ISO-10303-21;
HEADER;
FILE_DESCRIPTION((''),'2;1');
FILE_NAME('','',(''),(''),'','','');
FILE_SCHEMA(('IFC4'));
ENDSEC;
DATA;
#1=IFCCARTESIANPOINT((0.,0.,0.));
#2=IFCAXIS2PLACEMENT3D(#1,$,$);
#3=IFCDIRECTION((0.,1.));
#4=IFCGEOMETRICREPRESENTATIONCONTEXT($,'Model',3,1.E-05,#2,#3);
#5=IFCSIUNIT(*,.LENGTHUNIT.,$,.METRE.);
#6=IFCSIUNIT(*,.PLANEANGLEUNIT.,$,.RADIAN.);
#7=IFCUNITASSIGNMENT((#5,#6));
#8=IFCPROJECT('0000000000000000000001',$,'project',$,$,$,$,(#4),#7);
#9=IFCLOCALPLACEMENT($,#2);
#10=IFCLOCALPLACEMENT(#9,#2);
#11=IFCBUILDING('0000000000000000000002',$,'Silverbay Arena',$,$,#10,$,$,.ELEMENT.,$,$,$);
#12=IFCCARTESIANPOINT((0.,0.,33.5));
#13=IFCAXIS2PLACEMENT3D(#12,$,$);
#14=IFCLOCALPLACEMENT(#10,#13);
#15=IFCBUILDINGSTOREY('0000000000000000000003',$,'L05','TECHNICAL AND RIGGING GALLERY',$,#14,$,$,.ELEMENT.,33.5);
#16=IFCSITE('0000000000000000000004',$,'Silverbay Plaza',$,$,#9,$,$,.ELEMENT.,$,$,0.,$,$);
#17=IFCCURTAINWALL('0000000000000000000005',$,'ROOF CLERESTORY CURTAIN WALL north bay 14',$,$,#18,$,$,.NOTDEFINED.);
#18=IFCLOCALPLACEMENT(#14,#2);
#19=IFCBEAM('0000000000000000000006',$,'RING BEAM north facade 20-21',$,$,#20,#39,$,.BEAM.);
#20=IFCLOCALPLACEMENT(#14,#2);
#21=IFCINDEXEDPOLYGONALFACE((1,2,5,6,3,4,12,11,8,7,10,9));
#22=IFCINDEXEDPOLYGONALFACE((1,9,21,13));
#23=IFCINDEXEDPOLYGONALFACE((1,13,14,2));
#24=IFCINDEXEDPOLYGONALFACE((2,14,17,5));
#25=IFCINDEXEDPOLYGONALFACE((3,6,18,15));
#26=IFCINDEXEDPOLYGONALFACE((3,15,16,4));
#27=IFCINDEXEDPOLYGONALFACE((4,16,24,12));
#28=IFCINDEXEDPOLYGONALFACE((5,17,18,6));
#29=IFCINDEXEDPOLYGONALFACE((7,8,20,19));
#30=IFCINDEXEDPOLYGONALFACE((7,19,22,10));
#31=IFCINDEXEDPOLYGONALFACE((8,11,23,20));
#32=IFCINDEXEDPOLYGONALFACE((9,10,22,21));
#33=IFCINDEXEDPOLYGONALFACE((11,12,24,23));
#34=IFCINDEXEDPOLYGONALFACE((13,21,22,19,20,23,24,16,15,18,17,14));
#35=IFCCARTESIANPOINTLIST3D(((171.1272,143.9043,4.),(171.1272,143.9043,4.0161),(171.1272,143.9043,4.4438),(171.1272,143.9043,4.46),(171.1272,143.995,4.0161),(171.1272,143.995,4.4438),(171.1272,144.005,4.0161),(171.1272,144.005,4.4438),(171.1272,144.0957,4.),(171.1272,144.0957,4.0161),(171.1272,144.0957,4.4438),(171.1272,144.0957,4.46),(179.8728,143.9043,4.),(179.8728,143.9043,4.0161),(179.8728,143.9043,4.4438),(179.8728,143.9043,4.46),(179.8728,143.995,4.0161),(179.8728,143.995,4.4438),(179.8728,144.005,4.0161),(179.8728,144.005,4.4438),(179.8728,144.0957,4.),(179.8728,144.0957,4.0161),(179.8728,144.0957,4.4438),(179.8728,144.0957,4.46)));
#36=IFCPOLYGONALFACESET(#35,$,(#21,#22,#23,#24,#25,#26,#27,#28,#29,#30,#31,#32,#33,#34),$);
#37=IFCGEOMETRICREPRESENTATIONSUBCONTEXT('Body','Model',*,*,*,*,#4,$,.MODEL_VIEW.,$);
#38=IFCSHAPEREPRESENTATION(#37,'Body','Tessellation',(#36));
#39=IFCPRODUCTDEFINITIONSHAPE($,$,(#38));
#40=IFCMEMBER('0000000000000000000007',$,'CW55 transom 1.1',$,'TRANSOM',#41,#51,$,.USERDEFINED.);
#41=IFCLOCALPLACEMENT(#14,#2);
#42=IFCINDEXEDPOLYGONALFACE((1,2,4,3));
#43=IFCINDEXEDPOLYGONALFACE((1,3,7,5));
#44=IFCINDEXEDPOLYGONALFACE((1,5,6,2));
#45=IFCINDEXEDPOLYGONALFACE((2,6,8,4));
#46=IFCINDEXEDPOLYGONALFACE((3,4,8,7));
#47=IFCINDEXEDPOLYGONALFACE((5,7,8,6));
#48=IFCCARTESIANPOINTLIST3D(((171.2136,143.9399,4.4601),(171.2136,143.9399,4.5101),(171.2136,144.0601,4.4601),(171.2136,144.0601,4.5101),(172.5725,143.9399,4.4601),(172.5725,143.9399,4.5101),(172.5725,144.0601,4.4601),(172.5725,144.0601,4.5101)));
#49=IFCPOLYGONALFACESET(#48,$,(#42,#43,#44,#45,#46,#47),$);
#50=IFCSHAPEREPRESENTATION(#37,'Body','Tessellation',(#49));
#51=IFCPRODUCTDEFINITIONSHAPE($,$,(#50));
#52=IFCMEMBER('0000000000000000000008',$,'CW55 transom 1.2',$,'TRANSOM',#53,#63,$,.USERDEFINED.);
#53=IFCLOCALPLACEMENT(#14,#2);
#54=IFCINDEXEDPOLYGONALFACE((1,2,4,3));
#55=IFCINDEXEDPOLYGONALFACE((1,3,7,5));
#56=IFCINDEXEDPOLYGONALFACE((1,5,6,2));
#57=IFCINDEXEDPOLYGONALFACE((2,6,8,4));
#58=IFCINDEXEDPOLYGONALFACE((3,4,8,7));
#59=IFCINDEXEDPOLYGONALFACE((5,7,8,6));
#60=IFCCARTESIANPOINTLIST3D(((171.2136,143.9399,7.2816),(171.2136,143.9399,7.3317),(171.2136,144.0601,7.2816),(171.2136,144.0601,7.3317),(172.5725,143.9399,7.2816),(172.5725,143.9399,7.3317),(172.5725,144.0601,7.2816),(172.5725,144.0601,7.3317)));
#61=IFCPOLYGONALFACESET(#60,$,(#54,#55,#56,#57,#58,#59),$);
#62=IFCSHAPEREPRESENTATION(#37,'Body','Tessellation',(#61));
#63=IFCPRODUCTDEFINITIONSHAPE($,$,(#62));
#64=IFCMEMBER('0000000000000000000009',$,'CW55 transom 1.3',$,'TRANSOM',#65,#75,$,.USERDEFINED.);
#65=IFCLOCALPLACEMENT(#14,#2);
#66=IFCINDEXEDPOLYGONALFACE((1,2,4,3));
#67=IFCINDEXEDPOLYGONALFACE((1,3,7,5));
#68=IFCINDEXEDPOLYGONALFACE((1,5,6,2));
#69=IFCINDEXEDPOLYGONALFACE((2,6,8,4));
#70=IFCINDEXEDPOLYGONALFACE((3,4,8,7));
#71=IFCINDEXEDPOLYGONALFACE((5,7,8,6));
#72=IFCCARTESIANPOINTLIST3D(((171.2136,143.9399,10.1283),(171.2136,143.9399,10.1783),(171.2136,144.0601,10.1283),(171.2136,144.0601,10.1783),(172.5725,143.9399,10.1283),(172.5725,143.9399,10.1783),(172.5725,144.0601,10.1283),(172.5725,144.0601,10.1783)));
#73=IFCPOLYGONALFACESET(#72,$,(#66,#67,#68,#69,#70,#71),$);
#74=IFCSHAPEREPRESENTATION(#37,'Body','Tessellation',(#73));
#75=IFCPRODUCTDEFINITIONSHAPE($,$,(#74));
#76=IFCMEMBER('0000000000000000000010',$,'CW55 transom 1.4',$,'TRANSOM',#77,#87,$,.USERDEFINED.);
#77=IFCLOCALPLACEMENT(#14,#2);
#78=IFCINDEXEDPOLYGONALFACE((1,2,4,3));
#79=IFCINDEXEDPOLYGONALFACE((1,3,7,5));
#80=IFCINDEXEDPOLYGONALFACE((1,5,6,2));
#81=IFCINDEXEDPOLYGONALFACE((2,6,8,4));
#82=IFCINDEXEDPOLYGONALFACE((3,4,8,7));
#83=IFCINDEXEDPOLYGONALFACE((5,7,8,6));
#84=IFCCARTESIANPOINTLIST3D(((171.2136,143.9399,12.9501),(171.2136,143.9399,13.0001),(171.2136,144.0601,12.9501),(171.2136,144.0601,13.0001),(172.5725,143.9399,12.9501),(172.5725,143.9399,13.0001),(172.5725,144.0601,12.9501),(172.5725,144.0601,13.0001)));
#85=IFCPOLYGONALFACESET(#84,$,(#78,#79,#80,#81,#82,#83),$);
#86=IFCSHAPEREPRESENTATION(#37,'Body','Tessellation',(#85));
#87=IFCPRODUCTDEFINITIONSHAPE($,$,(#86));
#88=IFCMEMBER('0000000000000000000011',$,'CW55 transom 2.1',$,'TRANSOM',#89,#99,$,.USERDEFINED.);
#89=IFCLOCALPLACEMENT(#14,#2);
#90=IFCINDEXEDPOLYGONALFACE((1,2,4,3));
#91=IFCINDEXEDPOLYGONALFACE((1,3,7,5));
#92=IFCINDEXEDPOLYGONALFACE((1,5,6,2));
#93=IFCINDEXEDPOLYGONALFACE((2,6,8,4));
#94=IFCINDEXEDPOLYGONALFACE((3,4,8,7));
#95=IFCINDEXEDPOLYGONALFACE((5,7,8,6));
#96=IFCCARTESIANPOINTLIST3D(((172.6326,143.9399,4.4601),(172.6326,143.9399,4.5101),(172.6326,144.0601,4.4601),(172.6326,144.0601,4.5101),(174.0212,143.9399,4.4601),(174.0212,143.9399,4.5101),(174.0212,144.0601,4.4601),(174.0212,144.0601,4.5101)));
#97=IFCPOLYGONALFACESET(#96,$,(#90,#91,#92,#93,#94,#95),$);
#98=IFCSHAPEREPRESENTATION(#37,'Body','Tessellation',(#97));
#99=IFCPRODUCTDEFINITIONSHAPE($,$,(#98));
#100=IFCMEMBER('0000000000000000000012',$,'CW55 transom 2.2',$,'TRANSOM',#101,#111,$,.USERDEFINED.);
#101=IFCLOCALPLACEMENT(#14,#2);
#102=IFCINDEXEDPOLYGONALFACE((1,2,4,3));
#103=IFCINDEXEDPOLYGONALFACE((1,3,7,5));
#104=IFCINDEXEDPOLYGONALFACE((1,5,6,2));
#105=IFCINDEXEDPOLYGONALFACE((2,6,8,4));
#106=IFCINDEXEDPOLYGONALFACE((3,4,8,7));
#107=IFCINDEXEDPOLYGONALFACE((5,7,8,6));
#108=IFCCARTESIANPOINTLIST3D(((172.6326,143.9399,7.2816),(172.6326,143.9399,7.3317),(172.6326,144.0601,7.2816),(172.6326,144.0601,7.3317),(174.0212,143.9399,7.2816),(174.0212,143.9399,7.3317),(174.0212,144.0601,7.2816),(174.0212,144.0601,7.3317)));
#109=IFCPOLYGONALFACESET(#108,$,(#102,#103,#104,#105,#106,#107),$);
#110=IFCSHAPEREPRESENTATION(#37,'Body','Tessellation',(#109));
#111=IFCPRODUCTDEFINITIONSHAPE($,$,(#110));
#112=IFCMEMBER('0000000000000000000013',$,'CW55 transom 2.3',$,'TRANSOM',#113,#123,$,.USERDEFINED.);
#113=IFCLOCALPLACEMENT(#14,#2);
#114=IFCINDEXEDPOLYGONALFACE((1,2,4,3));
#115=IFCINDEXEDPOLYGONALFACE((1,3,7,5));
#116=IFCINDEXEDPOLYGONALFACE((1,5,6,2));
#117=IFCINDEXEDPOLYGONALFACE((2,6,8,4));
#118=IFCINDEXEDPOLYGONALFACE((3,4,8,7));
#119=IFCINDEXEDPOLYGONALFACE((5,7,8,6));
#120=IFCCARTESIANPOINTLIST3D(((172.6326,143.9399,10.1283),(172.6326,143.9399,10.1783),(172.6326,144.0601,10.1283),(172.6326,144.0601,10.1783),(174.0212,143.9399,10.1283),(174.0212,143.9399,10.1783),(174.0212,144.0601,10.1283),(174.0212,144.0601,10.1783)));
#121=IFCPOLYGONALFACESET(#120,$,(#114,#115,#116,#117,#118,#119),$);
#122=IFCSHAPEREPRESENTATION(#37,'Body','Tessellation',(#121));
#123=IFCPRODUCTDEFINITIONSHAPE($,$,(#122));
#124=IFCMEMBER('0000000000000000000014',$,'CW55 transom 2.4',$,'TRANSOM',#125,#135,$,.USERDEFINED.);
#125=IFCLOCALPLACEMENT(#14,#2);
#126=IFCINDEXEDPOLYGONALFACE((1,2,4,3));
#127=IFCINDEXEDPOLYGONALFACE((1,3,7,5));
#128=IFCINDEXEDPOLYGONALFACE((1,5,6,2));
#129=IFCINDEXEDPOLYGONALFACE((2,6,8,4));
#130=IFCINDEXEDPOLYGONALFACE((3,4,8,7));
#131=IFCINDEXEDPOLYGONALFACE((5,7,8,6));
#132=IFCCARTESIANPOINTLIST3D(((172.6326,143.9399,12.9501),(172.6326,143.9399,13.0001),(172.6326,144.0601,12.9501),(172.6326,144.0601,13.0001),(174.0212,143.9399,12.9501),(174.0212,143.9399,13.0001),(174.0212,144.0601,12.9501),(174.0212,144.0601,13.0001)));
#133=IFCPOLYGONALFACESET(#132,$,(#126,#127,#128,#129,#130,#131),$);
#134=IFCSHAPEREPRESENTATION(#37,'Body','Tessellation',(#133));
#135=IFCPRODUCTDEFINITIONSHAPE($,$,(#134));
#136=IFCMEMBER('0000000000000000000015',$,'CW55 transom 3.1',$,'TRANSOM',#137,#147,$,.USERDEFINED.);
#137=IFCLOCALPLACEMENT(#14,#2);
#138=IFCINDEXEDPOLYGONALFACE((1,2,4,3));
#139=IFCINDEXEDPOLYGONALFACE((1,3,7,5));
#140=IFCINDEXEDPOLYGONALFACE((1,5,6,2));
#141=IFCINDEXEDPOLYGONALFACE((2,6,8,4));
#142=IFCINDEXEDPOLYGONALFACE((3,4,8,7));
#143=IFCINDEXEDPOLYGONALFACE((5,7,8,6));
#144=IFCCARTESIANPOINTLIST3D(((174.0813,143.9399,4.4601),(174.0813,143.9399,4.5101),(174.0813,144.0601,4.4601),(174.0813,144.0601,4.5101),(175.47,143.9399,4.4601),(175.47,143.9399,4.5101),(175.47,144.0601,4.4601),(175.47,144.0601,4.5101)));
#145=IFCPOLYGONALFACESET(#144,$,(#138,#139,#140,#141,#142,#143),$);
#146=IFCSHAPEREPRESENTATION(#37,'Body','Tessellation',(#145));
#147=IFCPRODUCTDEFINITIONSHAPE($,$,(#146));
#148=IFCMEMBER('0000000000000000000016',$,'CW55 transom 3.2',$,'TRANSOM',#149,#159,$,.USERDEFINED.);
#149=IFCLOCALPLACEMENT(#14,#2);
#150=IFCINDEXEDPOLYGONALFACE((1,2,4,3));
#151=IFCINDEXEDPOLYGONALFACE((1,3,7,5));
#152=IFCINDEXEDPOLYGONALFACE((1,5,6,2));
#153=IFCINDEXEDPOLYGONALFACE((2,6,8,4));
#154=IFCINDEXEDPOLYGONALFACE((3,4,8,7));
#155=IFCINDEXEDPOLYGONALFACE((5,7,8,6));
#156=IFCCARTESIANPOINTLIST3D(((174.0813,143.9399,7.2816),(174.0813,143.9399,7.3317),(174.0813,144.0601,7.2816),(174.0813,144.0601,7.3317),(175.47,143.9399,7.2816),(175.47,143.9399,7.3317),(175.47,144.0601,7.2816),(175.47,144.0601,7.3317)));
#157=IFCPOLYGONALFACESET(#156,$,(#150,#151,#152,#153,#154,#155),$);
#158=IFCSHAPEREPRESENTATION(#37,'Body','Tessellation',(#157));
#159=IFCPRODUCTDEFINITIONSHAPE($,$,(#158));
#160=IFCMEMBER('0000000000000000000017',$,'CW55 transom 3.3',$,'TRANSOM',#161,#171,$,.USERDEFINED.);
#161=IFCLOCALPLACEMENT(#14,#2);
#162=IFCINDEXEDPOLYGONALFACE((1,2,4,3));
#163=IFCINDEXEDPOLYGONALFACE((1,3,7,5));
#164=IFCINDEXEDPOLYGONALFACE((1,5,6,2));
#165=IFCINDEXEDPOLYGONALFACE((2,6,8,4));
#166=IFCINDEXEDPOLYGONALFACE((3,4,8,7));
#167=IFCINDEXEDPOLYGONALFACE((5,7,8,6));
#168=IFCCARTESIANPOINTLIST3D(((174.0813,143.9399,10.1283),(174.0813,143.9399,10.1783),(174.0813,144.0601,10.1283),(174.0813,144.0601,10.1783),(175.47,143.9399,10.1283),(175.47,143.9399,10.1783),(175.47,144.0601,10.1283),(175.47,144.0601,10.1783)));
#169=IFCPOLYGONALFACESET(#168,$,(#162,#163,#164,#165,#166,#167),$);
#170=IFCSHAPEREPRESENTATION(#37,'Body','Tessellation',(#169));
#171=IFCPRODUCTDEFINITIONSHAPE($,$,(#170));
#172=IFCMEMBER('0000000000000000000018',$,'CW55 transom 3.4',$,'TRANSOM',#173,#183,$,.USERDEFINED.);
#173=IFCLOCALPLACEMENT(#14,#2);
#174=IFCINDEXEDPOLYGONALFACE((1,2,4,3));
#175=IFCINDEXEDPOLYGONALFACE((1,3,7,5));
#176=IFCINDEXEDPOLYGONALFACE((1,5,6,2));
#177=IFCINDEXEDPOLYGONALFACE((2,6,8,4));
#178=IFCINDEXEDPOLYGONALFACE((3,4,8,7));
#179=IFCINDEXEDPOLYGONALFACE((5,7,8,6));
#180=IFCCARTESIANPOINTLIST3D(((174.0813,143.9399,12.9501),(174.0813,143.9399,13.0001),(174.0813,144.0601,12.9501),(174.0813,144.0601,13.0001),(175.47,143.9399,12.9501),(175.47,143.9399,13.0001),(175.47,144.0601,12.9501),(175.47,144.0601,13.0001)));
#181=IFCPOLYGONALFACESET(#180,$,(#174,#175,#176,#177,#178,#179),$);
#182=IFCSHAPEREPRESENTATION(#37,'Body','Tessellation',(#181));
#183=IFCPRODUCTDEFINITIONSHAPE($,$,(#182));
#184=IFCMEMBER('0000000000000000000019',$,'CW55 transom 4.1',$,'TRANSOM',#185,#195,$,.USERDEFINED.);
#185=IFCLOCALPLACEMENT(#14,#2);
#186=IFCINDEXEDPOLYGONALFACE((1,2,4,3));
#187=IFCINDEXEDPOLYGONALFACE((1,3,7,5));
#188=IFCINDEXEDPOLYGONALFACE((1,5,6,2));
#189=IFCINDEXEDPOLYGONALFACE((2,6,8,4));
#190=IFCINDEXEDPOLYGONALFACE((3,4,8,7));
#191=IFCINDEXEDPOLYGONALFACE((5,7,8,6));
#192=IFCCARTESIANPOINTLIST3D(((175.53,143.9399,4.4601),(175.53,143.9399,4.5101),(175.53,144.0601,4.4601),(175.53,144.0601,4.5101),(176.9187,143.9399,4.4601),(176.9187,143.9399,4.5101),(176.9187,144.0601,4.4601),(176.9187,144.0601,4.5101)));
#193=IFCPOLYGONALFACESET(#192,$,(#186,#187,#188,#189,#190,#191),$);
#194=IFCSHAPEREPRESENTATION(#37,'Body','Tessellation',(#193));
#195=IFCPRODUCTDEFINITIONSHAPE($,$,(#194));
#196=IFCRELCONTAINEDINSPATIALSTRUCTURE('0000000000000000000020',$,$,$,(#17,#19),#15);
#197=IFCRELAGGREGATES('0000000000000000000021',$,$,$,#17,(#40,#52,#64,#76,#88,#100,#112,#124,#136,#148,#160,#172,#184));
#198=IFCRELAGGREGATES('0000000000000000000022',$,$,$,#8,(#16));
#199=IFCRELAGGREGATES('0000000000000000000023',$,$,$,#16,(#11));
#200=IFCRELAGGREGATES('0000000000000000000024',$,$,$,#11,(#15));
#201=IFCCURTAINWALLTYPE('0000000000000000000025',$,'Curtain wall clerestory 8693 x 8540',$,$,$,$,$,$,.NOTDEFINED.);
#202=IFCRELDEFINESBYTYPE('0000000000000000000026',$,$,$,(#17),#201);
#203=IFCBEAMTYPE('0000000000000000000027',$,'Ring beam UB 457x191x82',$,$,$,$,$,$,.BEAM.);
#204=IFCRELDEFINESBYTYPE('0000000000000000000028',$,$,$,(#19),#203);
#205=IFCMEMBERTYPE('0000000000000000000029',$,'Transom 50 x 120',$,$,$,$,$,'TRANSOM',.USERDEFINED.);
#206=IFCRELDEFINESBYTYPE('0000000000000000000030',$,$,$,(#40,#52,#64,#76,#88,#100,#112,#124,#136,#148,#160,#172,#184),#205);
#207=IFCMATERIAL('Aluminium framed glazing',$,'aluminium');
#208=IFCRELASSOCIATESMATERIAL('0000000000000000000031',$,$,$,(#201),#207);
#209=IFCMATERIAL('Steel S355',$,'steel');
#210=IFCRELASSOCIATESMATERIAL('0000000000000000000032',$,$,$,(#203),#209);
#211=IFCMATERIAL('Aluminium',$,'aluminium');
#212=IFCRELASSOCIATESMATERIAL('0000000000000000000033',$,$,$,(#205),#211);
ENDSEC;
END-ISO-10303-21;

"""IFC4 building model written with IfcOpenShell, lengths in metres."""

from ifc_helpers import new_model, si_unit, direction, frame, origin, origin_2d, place, context, subcontext, project, spatial, rectangle, i_section, extrude, material, material_profile, profile_set, type_object, element, aggregate, save


model = new_model("IFC4")

# Units and contexts
model_context = context("Model", 3, precision=1e-05, world=origin(), true_north=direction((0.0, 1.0)))
body_context = subcontext(model_context, "Body", "Model", "MODEL_VIEW")
ifc_project = project(units=[si_unit("LENGTHUNIT", "METRE"), si_unit("PLANEANGLEUNIT", "RADIAN")], contexts=[model_context])

# Site, building, storey
site_placement = place(None, origin())
site = spatial("IfcSite", under=ifc_project, at=site_placement, Name="Silverbay Plaza", CompositionType="ELEMENT", RefElevation=0.0)
building_placement = place(site_placement, origin())
building = spatial("IfcBuilding", under=site, at=building_placement, Name="Silverbay Arena", CompositionType="ELEMENT")
storey_placement = place(building_placement, frame((0.0, 0.0, 33.5)))
storey = spatial("IfcBuildingStorey", under=building, at=storey_placement, Name="L05", Description="TECHNICAL AND RIGGING GALLERY", CompositionType="ELEMENT", Elevation=33.5)

# Curtain wall
ifc_material_1 = material(Name="Aluminium framed glazing", Category="aluminium")
curtain_wall_type = type_object("IfcCurtainWallType", Name="Curtain wall clerestory 8693 x 8540", PredefinedType="NOTDEFINED", material=ifc_material_1)
curtain_wall_placement = place(storey_placement, origin())
curtain_wall = element("IfcCurtainWall", 1, at=curtain_wall_placement, inside=storey, type_object=curtain_wall_type, Name="ROOF CLERESTORY CURTAIN WALL north bay 14", PredefinedType="NOTDEFINED")

# Beam
ifc_material_2 = material(Name="Steel S355", Category="steel")
ifc_material_profile_1 = material_profile(ifc_material_2, i_section(OverallWidth=0.1914, OverallDepth=0.46, WebThickness=0.01, FlangeThickness=0.0161, at=origin_2d()), Name="UB 457x191x82")
ifc_profile_set_1 = profile_set([ifc_material_profile_1], Name="Steel S355")
beam_type = type_object("IfcBeamType", Name="Ring beam UB 457x191x82", PredefinedType="BEAM", material=ifc_profile_set_1)
beam_placement = place(storey_placement, frame((171.1272, 144.0, 4.23), z_axis=(1.0, 0.0, 0.0), x_axis=(0.0, 1.0, 0.0)))
element("IfcBeam", 2, at=beam_placement, inside=storey, type_object=beam_type, Name="RING BEAM north facade 20-21", PredefinedType="BEAM", context=body_context, shape_type="SweptSolid", body=[
    extrude(i_section(OverallWidth=0.1914, OverallDepth=0.46, WebThickness=0.01, FlangeThickness=0.0161, at=origin_2d()), origin(), (0.0, 0.0, 1.0), 8.7456),
])

# Members
ifc_material_3 = material(Name="Aluminium", Category="aluminium")
ifc_material_profile_2 = material_profile(ifc_material_3, rectangle(XDim=0.1201, YDim=0.05, at=origin_2d()), Name="Transom 50 x 120")
ifc_profile_set_2 = profile_set([ifc_material_profile_2], Name="Aluminium")
member_type_1 = type_object("IfcMemberType", Name="Transom 50 x 120", ElementType="TRANSOM", PredefinedType="USERDEFINED", material=ifc_profile_set_2)
member_1_placement = place(storey_placement, frame((171.2136, 144.0, 4.4851), z_axis=(1.0, 0.0, 0.0), x_axis=(0.0, 1.0, 0.0)))
member_1 = element("IfcMember", 3, at=member_1_placement, type_object=member_type_1, Name="CW55 transom 1.1", ObjectType="TRANSOM", PredefinedType="USERDEFINED", context=body_context, shape_type="SweptSolid", body=[
    extrude(rectangle(XDim=0.1201, YDim=0.05, at=origin_2d()), origin(), (0.0, 0.0, 1.0), 1.3589),
])
member_2_placement = place(storey_placement, frame((171.2136, 144.0, 7.3066), z_axis=(1.0, 0.0, 0.0), x_axis=(0.0, 1.0, 0.0)))
member_2 = element("IfcMember", 4, at=member_2_placement, type_object=member_type_1, Name="CW55 transom 1.2", ObjectType="TRANSOM", PredefinedType="USERDEFINED", context=body_context, shape_type="SweptSolid", body=[
    extrude(rectangle(XDim=0.1201, YDim=0.05, at=origin_2d()), origin(), (0.0, 0.0, 1.0), 1.3589),
])
member_3_placement = place(storey_placement, frame((171.2136, 144.0, 10.1533), z_axis=(1.0, 0.0, 0.0), x_axis=(0.0, 1.0, 0.0)))
member_3 = element("IfcMember", 5, at=member_3_placement, type_object=member_type_1, Name="CW55 transom 1.3", ObjectType="TRANSOM", PredefinedType="USERDEFINED", context=body_context, shape_type="SweptSolid", body=[
    extrude(rectangle(XDim=0.1201, YDim=0.05, at=origin_2d()), origin(), (0.0, 0.0, 1.0), 1.3589),
])
member_4_placement = place(storey_placement, frame((171.2136, 144.0, 12.9751), z_axis=(1.0, 0.0, 0.0), x_axis=(0.0, 1.0, 0.0)))
member_4 = element("IfcMember", 6, at=member_4_placement, type_object=member_type_1, Name="CW55 transom 1.4", ObjectType="TRANSOM", PredefinedType="USERDEFINED", context=body_context, shape_type="SweptSolid", body=[
    extrude(rectangle(XDim=0.1201, YDim=0.05, at=origin_2d()), origin(), (0.0, 0.0, 1.0), 1.3589),
])
member_5_placement = place(storey_placement, frame((172.6326, 144.0, 4.4851), z_axis=(1.0, 0.0, 0.0), x_axis=(0.0, 1.0, 0.0)))
member_5 = element("IfcMember", 7, at=member_5_placement, type_object=member_type_1, Name="CW55 transom 2.1", ObjectType="TRANSOM", PredefinedType="USERDEFINED", context=body_context, shape_type="SweptSolid", body=[
    extrude(rectangle(XDim=0.1201, YDim=0.05, at=origin_2d()), origin(), (0.0, 0.0, 1.0), 1.3887),
])
member_6_placement = place(storey_placement, frame((172.6326, 144.0, 7.3066), z_axis=(1.0, 0.0, 0.0), x_axis=(0.0, 1.0, 0.0)))
member_6 = element("IfcMember", 8, at=member_6_placement, type_object=member_type_1, Name="CW55 transom 2.2", ObjectType="TRANSOM", PredefinedType="USERDEFINED", context=body_context, shape_type="SweptSolid", body=[
    extrude(rectangle(XDim=0.1201, YDim=0.05, at=origin_2d()), origin(), (0.0, 0.0, 1.0), 1.3887),
])
member_7_placement = place(storey_placement, frame((172.6326, 144.0, 10.1533), z_axis=(1.0, 0.0, 0.0), x_axis=(0.0, 1.0, 0.0)))
member_7 = element("IfcMember", 9, at=member_7_placement, type_object=member_type_1, Name="CW55 transom 2.3", ObjectType="TRANSOM", PredefinedType="USERDEFINED", context=body_context, shape_type="SweptSolid", body=[
    extrude(rectangle(XDim=0.1201, YDim=0.05, at=origin_2d()), origin(), (0.0, 0.0, 1.0), 1.3887),
])
member_8_placement = place(storey_placement, frame((172.6326, 144.0, 12.9751), z_axis=(1.0, 0.0, 0.0), x_axis=(0.0, 1.0, 0.0)))
member_8 = element("IfcMember", 10, at=member_8_placement, type_object=member_type_1, Name="CW55 transom 2.4", ObjectType="TRANSOM", PredefinedType="USERDEFINED", context=body_context, shape_type="SweptSolid", body=[
    extrude(rectangle(XDim=0.1201, YDim=0.05, at=origin_2d()), origin(), (0.0, 0.0, 1.0), 1.3887),
])
member_9_placement = place(storey_placement, frame((174.0813, 144.0, 4.4851), z_axis=(1.0, 0.0, 0.0), x_axis=(0.0, 1.0, 0.0)))
member_9 = element("IfcMember", 11, at=member_9_placement, type_object=member_type_1, Name="CW55 transom 3.1", ObjectType="TRANSOM", PredefinedType="USERDEFINED", context=body_context, shape_type="SweptSolid", body=[
    extrude(rectangle(XDim=0.1201, YDim=0.05, at=origin_2d()), origin(), (0.0, 0.0, 1.0), 1.3887),
])
member_10_placement = place(storey_placement, frame((174.0813, 144.0, 7.3066), z_axis=(1.0, 0.0, 0.0), x_axis=(0.0, 1.0, 0.0)))
member_10 = element("IfcMember", 12, at=member_10_placement, type_object=member_type_1, Name="CW55 transom 3.2", ObjectType="TRANSOM", PredefinedType="USERDEFINED", context=body_context, shape_type="SweptSolid", body=[
    extrude(rectangle(XDim=0.1201, YDim=0.05, at=origin_2d()), origin(), (0.0, 0.0, 1.0), 1.3887),
])
member_11_placement = place(storey_placement, frame((174.0813, 144.0, 10.1533), z_axis=(1.0, 0.0, 0.0), x_axis=(0.0, 1.0, 0.0)))
member_11 = element("IfcMember", 13, at=member_11_placement, type_object=member_type_1, Name="CW55 transom 3.3", ObjectType="TRANSOM", PredefinedType="USERDEFINED", context=body_context, shape_type="SweptSolid", body=[
    extrude(rectangle(XDim=0.1201, YDim=0.05, at=origin_2d()), origin(), (0.0, 0.0, 1.0), 1.3887),
])
member_12_placement = place(storey_placement, frame((174.0813, 144.0, 12.9751), z_axis=(1.0, 0.0, 0.0), x_axis=(0.0, 1.0, 0.0)))
member_12 = element("IfcMember", 14, at=member_12_placement, type_object=member_type_1, Name="CW55 transom 3.4", ObjectType="TRANSOM", PredefinedType="USERDEFINED", context=body_context, shape_type="SweptSolid", body=[
    extrude(rectangle(XDim=0.1201, YDim=0.05, at=origin_2d()), origin(), (0.0, 0.0, 1.0), 1.3887),
])
member_13_placement = place(storey_placement, frame((175.53, 144.0, 4.4851), z_axis=(1.0, 0.0, 0.0), x_axis=(0.0, 1.0, 0.0)))
member_13 = element("IfcMember", 15, at=member_13_placement, type_object=member_type_1, Name="CW55 transom 4.1", ObjectType="TRANSOM", PredefinedType="USERDEFINED", context=body_context, shape_type="SweptSolid", body=[
    extrude(rectangle(XDim=0.1201, YDim=0.05, at=origin_2d()), origin(), (0.0, 0.0, 1.0), 1.3887),
])

aggregate(curtain_wall, [member_1, member_2, member_3, member_4, member_5, member_6, member_7, member_8, member_9, member_10, member_11, member_12, member_13])

save(model, "model.ifc")
